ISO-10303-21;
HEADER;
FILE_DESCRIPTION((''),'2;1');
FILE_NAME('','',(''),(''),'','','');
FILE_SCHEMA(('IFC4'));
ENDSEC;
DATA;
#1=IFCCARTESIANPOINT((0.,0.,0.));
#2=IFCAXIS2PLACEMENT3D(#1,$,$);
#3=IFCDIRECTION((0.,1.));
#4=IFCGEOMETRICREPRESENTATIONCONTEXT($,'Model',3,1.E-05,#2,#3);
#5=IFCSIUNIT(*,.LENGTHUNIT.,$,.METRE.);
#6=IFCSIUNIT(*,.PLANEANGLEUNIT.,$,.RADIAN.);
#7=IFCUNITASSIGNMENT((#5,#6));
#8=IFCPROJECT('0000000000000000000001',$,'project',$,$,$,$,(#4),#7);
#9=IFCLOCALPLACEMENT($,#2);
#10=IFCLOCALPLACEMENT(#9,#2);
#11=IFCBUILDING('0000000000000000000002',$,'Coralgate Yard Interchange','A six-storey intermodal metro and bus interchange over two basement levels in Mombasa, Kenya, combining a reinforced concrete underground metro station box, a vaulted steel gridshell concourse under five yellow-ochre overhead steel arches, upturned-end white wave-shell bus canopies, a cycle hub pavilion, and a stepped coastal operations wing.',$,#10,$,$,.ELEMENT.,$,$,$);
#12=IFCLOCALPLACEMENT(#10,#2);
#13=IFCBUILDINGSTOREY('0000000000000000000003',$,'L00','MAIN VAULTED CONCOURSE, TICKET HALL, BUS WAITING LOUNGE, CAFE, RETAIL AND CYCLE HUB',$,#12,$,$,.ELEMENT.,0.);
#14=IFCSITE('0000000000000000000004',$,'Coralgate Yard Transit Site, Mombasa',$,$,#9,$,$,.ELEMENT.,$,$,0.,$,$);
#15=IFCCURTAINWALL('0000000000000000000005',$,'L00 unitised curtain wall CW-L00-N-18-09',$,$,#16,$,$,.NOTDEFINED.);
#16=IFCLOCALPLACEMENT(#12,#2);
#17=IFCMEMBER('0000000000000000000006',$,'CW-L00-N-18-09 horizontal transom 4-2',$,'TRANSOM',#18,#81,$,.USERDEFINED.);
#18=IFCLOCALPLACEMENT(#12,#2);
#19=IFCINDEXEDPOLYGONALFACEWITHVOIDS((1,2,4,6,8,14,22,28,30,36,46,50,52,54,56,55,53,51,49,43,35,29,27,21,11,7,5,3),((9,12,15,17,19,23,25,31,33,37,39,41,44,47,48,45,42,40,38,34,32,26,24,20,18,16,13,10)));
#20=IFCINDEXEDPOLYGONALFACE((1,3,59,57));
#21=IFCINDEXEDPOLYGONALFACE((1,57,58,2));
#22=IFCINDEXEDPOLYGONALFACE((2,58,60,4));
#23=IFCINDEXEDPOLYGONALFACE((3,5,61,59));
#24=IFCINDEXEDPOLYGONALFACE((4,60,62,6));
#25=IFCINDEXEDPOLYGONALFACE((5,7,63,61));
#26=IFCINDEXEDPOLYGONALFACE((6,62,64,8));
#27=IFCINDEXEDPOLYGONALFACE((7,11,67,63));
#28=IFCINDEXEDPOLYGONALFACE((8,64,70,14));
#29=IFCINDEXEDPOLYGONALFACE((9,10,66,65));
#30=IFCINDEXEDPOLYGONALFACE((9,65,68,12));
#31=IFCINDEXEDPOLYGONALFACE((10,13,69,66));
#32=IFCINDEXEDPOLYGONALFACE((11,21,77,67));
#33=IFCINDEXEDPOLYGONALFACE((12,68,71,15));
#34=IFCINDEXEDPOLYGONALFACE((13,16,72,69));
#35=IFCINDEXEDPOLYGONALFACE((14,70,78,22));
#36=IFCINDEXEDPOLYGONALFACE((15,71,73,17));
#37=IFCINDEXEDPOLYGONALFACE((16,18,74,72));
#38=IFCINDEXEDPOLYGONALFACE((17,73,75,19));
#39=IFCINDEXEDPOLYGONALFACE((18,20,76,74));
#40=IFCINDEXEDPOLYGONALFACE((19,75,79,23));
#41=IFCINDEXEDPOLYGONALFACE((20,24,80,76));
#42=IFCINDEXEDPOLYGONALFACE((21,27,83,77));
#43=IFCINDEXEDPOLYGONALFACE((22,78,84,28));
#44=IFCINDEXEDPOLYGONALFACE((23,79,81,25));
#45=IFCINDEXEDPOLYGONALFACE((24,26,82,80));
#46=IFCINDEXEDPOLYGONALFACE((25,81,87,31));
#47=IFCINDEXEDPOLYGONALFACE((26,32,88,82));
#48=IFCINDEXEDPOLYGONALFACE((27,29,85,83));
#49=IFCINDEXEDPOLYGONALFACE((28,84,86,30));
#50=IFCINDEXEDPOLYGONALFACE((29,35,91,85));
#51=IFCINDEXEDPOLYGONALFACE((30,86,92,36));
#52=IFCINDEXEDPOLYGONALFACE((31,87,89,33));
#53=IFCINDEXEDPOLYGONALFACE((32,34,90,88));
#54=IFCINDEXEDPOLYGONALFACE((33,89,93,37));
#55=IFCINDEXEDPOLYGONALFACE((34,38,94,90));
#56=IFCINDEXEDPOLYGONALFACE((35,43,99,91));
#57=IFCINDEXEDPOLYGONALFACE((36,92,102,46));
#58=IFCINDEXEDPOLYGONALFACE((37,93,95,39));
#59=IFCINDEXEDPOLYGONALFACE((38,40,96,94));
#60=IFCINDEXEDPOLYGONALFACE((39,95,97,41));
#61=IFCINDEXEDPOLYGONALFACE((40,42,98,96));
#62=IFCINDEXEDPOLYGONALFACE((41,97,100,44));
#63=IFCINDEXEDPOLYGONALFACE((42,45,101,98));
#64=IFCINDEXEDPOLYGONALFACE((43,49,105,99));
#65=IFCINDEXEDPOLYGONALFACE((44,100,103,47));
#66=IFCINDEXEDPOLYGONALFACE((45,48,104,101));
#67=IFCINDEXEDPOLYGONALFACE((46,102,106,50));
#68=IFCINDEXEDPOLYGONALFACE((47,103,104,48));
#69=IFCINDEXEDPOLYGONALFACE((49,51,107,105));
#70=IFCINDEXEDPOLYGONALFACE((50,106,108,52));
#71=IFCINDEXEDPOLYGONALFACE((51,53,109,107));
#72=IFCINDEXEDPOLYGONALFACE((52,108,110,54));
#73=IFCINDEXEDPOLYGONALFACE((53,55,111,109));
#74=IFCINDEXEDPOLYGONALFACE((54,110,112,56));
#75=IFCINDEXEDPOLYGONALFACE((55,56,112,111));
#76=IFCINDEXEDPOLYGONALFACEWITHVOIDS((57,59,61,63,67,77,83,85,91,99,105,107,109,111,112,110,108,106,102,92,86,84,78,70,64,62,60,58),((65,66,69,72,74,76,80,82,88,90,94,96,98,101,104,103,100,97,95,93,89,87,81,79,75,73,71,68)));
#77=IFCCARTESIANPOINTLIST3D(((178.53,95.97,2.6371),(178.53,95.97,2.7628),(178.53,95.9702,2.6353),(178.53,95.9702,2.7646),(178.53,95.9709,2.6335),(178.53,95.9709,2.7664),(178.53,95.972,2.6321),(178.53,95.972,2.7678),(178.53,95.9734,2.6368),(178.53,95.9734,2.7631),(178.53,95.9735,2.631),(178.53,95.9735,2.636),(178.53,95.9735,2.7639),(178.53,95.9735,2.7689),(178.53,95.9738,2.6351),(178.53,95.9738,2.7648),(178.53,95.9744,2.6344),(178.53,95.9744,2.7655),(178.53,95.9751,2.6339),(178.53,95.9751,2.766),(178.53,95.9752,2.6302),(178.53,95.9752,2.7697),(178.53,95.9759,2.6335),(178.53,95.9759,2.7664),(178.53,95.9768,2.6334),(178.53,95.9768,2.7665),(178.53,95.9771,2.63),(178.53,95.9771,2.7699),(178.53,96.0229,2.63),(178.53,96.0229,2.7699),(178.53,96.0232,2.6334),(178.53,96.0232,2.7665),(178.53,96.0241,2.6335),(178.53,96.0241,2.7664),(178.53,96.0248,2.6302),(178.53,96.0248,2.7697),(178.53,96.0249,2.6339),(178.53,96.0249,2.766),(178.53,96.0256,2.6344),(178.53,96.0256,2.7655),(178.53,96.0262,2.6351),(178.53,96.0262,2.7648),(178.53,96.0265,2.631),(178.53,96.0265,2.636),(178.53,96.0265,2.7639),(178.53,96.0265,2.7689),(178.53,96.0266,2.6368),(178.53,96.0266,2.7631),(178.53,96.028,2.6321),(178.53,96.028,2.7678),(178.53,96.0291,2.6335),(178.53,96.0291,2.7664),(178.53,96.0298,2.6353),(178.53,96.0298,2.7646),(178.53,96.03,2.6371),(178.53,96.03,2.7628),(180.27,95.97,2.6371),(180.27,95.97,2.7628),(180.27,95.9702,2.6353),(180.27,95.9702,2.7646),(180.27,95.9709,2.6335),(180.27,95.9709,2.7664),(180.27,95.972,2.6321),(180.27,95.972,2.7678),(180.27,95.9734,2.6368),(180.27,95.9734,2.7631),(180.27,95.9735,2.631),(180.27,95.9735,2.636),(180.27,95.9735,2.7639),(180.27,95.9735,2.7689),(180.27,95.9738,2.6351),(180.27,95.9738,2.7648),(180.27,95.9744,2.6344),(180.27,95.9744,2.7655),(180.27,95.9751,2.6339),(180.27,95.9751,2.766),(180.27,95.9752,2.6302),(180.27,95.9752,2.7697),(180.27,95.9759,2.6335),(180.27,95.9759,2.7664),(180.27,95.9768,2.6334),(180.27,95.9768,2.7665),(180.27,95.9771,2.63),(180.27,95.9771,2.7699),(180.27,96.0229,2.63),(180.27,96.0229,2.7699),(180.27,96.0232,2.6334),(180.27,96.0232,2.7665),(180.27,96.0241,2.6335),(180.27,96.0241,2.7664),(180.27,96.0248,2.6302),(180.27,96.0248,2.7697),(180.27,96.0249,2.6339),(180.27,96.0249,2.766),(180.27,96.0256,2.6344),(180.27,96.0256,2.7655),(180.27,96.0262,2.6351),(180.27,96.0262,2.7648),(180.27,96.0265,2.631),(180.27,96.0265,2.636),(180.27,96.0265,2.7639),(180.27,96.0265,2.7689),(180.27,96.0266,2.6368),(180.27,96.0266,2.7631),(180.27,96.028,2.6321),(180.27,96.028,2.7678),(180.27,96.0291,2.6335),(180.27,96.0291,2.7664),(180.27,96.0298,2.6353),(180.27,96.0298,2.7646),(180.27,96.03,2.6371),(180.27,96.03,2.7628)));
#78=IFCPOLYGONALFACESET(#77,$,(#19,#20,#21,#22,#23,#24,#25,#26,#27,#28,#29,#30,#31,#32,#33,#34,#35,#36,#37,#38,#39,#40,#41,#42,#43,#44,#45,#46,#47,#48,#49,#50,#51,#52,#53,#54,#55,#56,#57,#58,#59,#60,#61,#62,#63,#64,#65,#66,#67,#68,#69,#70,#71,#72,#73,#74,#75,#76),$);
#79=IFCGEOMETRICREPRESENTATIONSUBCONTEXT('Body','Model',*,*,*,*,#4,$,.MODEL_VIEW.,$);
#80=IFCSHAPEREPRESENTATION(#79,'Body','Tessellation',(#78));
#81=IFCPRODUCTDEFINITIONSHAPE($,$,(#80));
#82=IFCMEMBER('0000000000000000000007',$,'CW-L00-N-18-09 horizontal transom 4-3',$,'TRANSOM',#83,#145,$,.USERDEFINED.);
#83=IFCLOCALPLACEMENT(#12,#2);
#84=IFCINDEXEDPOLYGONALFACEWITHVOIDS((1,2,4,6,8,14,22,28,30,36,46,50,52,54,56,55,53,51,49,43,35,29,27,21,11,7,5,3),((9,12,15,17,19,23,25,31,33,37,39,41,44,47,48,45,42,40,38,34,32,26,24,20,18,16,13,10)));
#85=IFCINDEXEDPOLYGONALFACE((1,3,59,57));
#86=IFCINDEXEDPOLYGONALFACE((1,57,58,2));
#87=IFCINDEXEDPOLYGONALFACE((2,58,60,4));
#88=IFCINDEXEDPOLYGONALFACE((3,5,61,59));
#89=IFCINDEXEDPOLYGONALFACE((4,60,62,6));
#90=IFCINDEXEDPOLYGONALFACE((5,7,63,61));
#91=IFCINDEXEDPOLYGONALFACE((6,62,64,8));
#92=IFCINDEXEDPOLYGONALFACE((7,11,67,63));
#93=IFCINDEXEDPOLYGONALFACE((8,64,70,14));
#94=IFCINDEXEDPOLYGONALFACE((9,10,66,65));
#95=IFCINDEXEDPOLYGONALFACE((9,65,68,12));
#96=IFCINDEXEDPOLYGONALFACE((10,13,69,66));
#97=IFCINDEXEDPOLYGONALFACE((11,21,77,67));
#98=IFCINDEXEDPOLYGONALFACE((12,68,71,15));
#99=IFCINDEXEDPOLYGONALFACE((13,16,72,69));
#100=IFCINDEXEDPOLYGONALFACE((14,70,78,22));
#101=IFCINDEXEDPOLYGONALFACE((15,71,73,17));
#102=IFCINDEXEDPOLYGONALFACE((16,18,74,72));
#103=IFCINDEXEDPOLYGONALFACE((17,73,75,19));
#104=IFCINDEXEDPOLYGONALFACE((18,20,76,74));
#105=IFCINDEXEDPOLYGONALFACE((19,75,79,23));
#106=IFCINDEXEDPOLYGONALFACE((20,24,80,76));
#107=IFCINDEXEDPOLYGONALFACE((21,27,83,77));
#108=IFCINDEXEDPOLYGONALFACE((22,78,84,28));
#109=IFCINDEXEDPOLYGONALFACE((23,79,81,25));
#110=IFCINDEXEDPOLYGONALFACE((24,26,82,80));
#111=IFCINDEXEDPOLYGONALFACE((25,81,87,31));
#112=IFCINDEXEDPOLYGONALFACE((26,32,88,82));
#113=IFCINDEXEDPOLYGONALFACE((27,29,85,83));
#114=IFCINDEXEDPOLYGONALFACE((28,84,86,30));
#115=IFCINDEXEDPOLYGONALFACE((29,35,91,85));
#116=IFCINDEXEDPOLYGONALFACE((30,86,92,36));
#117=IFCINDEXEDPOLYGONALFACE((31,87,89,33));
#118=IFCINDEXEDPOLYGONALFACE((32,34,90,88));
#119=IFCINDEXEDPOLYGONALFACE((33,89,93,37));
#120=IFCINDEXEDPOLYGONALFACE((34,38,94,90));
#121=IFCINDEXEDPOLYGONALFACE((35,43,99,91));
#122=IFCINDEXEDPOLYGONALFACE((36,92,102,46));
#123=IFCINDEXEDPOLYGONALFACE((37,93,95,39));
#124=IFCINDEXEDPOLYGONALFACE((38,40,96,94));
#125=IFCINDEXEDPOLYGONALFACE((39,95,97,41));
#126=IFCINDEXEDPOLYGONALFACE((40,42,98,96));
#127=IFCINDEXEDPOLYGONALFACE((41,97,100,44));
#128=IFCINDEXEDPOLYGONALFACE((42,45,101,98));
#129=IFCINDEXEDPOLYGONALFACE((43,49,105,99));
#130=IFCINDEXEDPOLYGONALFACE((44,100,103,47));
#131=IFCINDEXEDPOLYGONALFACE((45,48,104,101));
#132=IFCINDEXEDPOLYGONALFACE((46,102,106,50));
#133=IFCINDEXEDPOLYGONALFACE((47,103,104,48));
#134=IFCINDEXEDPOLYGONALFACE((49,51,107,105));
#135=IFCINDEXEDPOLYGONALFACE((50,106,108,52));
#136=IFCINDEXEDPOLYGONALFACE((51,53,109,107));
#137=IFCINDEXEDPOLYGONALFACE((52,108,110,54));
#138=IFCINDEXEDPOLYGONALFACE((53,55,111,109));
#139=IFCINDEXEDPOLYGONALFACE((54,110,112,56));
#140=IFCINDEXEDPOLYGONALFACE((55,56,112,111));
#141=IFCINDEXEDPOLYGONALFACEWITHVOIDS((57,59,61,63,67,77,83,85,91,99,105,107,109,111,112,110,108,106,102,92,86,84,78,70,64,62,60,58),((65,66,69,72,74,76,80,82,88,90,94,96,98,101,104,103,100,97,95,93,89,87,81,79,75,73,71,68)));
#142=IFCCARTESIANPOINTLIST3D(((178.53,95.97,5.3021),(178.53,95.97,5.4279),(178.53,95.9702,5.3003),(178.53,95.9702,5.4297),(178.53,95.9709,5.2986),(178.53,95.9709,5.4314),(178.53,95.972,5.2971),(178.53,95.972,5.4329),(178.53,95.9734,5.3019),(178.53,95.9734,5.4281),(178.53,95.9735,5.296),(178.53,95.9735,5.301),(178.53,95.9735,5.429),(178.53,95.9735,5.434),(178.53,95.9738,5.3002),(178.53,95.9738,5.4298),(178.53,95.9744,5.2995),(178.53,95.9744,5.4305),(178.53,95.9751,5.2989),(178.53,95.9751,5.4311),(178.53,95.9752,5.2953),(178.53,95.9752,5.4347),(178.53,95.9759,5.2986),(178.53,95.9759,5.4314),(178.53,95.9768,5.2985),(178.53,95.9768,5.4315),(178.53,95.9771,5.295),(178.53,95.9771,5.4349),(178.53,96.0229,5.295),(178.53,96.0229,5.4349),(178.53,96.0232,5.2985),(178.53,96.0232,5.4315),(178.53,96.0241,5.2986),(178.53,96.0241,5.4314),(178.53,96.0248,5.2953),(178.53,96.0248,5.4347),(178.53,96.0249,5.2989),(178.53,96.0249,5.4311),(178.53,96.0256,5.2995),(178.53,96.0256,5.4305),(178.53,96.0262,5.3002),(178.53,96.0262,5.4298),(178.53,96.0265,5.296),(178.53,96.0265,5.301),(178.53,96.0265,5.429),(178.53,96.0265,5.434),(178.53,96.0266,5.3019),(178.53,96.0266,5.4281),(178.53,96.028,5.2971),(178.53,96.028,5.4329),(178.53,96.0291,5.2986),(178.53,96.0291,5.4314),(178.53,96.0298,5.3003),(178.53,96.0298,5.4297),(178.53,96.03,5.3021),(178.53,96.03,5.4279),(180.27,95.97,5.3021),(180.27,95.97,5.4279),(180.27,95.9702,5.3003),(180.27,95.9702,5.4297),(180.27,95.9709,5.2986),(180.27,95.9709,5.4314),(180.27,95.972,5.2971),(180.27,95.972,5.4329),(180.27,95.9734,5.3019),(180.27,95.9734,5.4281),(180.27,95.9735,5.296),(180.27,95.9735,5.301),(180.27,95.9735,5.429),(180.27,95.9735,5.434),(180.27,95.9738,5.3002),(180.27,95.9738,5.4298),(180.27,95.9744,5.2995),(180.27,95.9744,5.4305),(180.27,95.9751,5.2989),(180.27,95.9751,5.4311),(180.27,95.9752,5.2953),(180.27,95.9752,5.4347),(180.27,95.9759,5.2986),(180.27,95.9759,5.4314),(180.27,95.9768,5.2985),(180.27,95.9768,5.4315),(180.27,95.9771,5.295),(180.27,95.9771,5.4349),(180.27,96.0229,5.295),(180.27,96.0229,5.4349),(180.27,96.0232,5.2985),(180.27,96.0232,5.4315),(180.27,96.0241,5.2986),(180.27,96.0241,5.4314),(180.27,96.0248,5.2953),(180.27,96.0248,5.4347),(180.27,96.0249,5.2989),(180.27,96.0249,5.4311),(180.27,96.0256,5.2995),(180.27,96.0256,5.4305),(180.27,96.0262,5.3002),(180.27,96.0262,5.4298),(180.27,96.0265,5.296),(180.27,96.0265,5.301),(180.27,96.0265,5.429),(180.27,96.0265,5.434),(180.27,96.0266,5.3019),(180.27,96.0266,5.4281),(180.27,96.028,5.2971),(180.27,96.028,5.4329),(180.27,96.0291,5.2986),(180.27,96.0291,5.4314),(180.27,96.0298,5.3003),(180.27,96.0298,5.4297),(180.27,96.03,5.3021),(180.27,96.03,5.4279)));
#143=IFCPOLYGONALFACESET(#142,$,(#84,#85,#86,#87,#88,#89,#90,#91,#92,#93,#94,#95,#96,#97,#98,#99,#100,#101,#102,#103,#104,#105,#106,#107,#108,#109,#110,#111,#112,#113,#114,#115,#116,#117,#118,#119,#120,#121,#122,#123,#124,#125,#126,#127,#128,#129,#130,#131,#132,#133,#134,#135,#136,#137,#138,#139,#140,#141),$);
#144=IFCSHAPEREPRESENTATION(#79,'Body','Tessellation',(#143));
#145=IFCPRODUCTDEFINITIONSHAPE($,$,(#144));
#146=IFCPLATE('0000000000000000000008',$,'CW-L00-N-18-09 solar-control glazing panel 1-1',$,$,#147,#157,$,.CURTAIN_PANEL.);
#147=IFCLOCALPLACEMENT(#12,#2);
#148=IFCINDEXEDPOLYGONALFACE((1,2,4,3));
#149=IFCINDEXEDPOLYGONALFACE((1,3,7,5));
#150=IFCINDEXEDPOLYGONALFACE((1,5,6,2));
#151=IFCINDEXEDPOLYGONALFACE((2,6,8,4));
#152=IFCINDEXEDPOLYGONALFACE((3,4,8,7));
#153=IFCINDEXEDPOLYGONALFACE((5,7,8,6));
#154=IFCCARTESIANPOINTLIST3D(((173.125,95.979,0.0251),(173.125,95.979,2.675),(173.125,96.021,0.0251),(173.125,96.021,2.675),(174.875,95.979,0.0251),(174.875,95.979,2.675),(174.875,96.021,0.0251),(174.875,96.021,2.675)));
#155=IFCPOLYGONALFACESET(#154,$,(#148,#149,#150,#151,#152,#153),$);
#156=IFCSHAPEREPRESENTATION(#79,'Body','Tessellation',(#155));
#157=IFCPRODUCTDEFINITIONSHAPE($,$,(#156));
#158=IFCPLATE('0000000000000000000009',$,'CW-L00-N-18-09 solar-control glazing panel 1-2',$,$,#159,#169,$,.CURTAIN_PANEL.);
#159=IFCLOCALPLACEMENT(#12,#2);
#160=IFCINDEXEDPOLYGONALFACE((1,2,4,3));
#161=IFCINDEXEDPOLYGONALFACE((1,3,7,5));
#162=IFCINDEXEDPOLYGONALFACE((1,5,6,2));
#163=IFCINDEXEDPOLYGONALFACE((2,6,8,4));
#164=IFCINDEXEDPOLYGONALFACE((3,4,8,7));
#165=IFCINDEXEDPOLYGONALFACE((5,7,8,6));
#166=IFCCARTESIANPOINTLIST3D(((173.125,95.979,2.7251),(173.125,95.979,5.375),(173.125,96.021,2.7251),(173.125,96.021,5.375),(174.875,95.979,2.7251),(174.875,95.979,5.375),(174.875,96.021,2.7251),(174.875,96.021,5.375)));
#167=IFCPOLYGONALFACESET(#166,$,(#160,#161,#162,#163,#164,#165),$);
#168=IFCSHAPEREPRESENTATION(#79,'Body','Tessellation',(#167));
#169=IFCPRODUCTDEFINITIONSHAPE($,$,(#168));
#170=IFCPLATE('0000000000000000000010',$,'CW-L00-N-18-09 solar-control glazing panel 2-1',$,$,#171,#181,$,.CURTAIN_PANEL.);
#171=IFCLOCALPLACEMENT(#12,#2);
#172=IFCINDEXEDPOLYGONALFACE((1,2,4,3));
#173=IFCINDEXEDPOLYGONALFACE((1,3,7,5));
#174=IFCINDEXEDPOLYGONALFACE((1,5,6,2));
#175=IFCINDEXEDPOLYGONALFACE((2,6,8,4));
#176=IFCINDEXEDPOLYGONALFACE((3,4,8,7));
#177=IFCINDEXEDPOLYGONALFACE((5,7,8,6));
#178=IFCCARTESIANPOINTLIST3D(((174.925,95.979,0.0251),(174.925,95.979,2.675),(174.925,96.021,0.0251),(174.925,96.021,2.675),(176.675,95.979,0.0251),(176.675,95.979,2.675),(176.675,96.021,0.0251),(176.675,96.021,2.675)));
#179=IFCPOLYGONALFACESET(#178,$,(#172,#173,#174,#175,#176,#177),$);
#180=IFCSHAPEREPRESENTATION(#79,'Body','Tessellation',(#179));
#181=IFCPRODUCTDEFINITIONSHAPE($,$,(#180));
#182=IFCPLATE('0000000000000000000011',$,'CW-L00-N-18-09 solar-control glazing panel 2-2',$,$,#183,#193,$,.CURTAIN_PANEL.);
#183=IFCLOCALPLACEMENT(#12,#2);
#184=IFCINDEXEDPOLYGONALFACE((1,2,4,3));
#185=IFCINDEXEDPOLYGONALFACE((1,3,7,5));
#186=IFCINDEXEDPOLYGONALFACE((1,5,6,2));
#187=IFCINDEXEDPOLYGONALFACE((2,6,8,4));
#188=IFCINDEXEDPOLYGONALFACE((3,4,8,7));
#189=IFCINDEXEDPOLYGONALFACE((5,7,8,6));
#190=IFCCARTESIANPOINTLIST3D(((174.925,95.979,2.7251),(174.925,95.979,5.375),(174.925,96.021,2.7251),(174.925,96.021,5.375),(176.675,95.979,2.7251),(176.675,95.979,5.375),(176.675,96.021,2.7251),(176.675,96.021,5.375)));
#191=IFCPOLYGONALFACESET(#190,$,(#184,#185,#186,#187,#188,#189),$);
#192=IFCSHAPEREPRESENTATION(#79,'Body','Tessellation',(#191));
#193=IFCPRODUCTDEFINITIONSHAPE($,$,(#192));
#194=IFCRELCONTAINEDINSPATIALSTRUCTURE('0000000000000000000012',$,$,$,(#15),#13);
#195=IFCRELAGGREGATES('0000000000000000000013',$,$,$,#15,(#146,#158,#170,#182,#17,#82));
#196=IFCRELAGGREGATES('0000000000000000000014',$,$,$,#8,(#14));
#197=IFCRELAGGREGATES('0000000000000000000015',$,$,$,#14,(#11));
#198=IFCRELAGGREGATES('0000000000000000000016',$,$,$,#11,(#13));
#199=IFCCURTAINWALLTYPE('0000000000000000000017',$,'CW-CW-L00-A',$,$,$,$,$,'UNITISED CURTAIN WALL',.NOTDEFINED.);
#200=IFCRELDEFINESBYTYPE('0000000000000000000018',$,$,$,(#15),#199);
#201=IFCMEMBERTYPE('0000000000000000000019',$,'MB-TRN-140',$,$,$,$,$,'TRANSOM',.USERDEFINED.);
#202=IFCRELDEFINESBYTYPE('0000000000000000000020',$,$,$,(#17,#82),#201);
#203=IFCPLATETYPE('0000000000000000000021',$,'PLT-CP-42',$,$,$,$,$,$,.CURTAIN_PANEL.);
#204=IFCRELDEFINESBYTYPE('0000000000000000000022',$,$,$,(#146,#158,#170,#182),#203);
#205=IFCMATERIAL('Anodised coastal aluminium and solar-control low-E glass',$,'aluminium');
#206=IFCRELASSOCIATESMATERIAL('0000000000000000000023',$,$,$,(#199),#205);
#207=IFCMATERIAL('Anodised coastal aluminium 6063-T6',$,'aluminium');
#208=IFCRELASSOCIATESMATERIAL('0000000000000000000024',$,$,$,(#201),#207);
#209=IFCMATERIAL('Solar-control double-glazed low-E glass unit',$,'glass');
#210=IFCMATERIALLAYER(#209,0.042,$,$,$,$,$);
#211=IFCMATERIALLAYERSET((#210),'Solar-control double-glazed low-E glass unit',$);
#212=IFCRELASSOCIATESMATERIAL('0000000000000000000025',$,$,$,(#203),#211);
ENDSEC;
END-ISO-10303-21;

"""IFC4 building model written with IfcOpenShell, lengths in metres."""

from ifc_helpers import new_model, si_unit, direction, frame, origin, origin_2d, place, context, subcontext, project, spatial, rectangle, hollow_rectangle, extrude, material, layer, layer_set, material_profile, profile_set, type_object, element, aggregate, save


model = new_model("IFC4")

# Units and contexts
model_context = context("Model", 3, precision=1e-05, world=origin(), true_north=direction((0.0, 1.0)))
body_context = subcontext(model_context, "Body", "Model", "MODEL_VIEW")
ifc_project = project(units=[si_unit("LENGTHUNIT", "METRE"), si_unit("PLANEANGLEUNIT", "RADIAN")], contexts=[model_context])

# Site, building, storey
site_placement = place(None, origin())
site = spatial("IfcSite", under=ifc_project, at=site_placement, Name="Coralgate Yard Transit Site, Mombasa", CompositionType="ELEMENT", RefElevation=0.0)
building_placement = place(site_placement, origin())
building = spatial("IfcBuilding", under=site, at=building_placement, Name="Coralgate Yard Interchange", Description="A six-storey intermodal metro and bus interchange over two basement levels in Mombasa, Kenya, combining a reinforced concrete underground metro station box, a vaulted steel gridshell concourse under five yellow-ochre overhead steel arches, upturned-end white wave-shell bus canopies, a cycle hub pavilion, and a stepped coastal operations wing.", CompositionType="ELEMENT")
storey_placement = place(building_placement, origin())
storey = spatial("IfcBuildingStorey", under=building, at=storey_placement, Name="L00", Description="MAIN VAULTED CONCOURSE, TICKET HALL, BUS WAITING LOUNGE, CAFE, RETAIL AND CYCLE HUB", CompositionType="ELEMENT", Elevation=0.0)

# Curtain wall, members, plates
ifc_material_1 = material(Name="Anodised coastal aluminium and solar-control low-E glass", Category="aluminium")
curtain_wall_type = type_object("IfcCurtainWallType", Name="CW-CW-L00-A", ElementType="UNITISED CURTAIN WALL", PredefinedType="NOTDEFINED", material=ifc_material_1)
curtain_wall_placement = place(storey_placement, origin())
curtain_wall = element("IfcCurtainWall", 1, at=curtain_wall_placement, inside=storey, type_object=curtain_wall_type, Name="L00 unitised curtain wall CW-L00-N-18-09", PredefinedType="NOTDEFINED")
ifc_material_2 = material(Name="Anodised coastal aluminium 6063-T6", Category="aluminium")
ifc_material_profile_1 = material_profile(ifc_material_2, hollow_rectangle(XDim=0.0601, YDim=0.1399, WallThickness=0.0034, InnerFilletRadius=0.0034, OuterFilletRadius=0.0071, at=origin_2d()), Name="ALU 60x140x3.5")
ifc_profile_set_1 = profile_set([ifc_material_profile_1], Name="Anodised coastal aluminium 6063-T6")
member_type_1 = type_object("IfcMemberType", Name="MB-TRN-140", ElementType="TRANSOM", PredefinedType="USERDEFINED", material=ifc_profile_set_1)
member_1_placement = place(storey_placement, frame((178.53, 96.0, 2.7), z_axis=(1.0, 0.0, 0.0), x_axis=(0.0, 1.0, 0.0)))
member_1 = element("IfcMember", 2, at=member_1_placement, type_object=member_type_1, Name="CW-L00-N-18-09 horizontal transom 4-2", ObjectType="TRANSOM", PredefinedType="USERDEFINED", context=body_context, shape_type="SweptSolid", body=[
    extrude(hollow_rectangle(XDim=0.0601, YDim=0.1399, WallThickness=0.0034, InnerFilletRadius=0.0034, OuterFilletRadius=0.0071, at=origin_2d()), origin(), (0.0, 0.0, 1.0), 1.74),
])
member_2_placement = place(storey_placement, frame((178.53, 96.0, 5.365), z_axis=(1.0, 0.0, 0.0), x_axis=(0.0, 1.0, 0.0)))
member_2 = element("IfcMember", 3, at=member_2_placement, type_object=member_type_1, Name="CW-L00-N-18-09 horizontal transom 4-3", ObjectType="TRANSOM", PredefinedType="USERDEFINED", context=body_context, shape_type="SweptSolid", body=[
    extrude(hollow_rectangle(XDim=0.0601, YDim=0.1399, WallThickness=0.0034, InnerFilletRadius=0.0034, OuterFilletRadius=0.0071, at=origin_2d()), origin(), (0.0, 0.0, 1.0), 1.74),
])
ifc_material_3 = material(Name="Solar-control double-glazed low-E glass unit", Category="glass")
ifc_layer = layer(ifc_material_3, 0.042)
ifc_layer_set = layer_set([ifc_layer], Name="Solar-control double-glazed low-E glass unit")
plate_type = type_object("IfcPlateType", Name="PLT-CP-42", PredefinedType="CURTAIN_PANEL", material=ifc_layer_set)
plate_1_placement = place(storey_placement, frame((174.0, 96.0, 0.0251), z_axis=(0.0, 0.0, 1.0), x_axis=(1.0, 0.0, 0.0)))
plate_1 = element("IfcPlate", 4, at=plate_1_placement, type_object=plate_type, Name="CW-L00-N-18-09 solar-control glazing panel 1-1", PredefinedType="CURTAIN_PANEL", context=body_context, shape_type="SweptSolid", body=[
    extrude(rectangle(XDim=1.75, YDim=0.042, at=origin_2d()), origin(), (0.0, 0.0, 1.0), 2.6499),
])
plate_2_placement = place(storey_placement, frame((174.0, 96.0, 2.7251), z_axis=(0.0, 0.0, 1.0), x_axis=(1.0, 0.0, 0.0)))
plate_2 = element("IfcPlate", 5, at=plate_2_placement, type_object=plate_type, Name="CW-L00-N-18-09 solar-control glazing panel 1-2", PredefinedType="CURTAIN_PANEL", context=body_context, shape_type="SweptSolid", body=[
    extrude(rectangle(XDim=1.75, YDim=0.042, at=origin_2d()), origin(), (0.0, 0.0, 1.0), 2.6499),
])
plate_3_placement = place(storey_placement, frame((175.8, 96.0, 0.0251), z_axis=(0.0, 0.0, 1.0), x_axis=(1.0, 0.0, 0.0)))
plate_3 = element("IfcPlate", 6, at=plate_3_placement, type_object=plate_type, Name="CW-L00-N-18-09 solar-control glazing panel 2-1", PredefinedType="CURTAIN_PANEL", context=body_context, shape_type="SweptSolid", body=[
    extrude(rectangle(XDim=1.75, YDim=0.042, at=origin_2d()), origin(), (0.0, 0.0, 1.0), 2.6499),
])
plate_4_placement = place(storey_placement, frame((175.8, 96.0, 2.7251), z_axis=(0.0, 0.0, 1.0), x_axis=(1.0, 0.0, 0.0)))
plate_4 = element("IfcPlate", 7, at=plate_4_placement, type_object=plate_type, Name="CW-L00-N-18-09 solar-control glazing panel 2-2", PredefinedType="CURTAIN_PANEL", context=body_context, shape_type="SweptSolid", body=[
    extrude(rectangle(XDim=1.75, YDim=0.042, at=origin_2d()), origin(), (0.0, 0.0, 1.0), 2.6499),
])
aggregate(curtain_wall, [plate_1, plate_2, plate_3, plate_4, member_1, member_2])

save(model, "model.ifc")
